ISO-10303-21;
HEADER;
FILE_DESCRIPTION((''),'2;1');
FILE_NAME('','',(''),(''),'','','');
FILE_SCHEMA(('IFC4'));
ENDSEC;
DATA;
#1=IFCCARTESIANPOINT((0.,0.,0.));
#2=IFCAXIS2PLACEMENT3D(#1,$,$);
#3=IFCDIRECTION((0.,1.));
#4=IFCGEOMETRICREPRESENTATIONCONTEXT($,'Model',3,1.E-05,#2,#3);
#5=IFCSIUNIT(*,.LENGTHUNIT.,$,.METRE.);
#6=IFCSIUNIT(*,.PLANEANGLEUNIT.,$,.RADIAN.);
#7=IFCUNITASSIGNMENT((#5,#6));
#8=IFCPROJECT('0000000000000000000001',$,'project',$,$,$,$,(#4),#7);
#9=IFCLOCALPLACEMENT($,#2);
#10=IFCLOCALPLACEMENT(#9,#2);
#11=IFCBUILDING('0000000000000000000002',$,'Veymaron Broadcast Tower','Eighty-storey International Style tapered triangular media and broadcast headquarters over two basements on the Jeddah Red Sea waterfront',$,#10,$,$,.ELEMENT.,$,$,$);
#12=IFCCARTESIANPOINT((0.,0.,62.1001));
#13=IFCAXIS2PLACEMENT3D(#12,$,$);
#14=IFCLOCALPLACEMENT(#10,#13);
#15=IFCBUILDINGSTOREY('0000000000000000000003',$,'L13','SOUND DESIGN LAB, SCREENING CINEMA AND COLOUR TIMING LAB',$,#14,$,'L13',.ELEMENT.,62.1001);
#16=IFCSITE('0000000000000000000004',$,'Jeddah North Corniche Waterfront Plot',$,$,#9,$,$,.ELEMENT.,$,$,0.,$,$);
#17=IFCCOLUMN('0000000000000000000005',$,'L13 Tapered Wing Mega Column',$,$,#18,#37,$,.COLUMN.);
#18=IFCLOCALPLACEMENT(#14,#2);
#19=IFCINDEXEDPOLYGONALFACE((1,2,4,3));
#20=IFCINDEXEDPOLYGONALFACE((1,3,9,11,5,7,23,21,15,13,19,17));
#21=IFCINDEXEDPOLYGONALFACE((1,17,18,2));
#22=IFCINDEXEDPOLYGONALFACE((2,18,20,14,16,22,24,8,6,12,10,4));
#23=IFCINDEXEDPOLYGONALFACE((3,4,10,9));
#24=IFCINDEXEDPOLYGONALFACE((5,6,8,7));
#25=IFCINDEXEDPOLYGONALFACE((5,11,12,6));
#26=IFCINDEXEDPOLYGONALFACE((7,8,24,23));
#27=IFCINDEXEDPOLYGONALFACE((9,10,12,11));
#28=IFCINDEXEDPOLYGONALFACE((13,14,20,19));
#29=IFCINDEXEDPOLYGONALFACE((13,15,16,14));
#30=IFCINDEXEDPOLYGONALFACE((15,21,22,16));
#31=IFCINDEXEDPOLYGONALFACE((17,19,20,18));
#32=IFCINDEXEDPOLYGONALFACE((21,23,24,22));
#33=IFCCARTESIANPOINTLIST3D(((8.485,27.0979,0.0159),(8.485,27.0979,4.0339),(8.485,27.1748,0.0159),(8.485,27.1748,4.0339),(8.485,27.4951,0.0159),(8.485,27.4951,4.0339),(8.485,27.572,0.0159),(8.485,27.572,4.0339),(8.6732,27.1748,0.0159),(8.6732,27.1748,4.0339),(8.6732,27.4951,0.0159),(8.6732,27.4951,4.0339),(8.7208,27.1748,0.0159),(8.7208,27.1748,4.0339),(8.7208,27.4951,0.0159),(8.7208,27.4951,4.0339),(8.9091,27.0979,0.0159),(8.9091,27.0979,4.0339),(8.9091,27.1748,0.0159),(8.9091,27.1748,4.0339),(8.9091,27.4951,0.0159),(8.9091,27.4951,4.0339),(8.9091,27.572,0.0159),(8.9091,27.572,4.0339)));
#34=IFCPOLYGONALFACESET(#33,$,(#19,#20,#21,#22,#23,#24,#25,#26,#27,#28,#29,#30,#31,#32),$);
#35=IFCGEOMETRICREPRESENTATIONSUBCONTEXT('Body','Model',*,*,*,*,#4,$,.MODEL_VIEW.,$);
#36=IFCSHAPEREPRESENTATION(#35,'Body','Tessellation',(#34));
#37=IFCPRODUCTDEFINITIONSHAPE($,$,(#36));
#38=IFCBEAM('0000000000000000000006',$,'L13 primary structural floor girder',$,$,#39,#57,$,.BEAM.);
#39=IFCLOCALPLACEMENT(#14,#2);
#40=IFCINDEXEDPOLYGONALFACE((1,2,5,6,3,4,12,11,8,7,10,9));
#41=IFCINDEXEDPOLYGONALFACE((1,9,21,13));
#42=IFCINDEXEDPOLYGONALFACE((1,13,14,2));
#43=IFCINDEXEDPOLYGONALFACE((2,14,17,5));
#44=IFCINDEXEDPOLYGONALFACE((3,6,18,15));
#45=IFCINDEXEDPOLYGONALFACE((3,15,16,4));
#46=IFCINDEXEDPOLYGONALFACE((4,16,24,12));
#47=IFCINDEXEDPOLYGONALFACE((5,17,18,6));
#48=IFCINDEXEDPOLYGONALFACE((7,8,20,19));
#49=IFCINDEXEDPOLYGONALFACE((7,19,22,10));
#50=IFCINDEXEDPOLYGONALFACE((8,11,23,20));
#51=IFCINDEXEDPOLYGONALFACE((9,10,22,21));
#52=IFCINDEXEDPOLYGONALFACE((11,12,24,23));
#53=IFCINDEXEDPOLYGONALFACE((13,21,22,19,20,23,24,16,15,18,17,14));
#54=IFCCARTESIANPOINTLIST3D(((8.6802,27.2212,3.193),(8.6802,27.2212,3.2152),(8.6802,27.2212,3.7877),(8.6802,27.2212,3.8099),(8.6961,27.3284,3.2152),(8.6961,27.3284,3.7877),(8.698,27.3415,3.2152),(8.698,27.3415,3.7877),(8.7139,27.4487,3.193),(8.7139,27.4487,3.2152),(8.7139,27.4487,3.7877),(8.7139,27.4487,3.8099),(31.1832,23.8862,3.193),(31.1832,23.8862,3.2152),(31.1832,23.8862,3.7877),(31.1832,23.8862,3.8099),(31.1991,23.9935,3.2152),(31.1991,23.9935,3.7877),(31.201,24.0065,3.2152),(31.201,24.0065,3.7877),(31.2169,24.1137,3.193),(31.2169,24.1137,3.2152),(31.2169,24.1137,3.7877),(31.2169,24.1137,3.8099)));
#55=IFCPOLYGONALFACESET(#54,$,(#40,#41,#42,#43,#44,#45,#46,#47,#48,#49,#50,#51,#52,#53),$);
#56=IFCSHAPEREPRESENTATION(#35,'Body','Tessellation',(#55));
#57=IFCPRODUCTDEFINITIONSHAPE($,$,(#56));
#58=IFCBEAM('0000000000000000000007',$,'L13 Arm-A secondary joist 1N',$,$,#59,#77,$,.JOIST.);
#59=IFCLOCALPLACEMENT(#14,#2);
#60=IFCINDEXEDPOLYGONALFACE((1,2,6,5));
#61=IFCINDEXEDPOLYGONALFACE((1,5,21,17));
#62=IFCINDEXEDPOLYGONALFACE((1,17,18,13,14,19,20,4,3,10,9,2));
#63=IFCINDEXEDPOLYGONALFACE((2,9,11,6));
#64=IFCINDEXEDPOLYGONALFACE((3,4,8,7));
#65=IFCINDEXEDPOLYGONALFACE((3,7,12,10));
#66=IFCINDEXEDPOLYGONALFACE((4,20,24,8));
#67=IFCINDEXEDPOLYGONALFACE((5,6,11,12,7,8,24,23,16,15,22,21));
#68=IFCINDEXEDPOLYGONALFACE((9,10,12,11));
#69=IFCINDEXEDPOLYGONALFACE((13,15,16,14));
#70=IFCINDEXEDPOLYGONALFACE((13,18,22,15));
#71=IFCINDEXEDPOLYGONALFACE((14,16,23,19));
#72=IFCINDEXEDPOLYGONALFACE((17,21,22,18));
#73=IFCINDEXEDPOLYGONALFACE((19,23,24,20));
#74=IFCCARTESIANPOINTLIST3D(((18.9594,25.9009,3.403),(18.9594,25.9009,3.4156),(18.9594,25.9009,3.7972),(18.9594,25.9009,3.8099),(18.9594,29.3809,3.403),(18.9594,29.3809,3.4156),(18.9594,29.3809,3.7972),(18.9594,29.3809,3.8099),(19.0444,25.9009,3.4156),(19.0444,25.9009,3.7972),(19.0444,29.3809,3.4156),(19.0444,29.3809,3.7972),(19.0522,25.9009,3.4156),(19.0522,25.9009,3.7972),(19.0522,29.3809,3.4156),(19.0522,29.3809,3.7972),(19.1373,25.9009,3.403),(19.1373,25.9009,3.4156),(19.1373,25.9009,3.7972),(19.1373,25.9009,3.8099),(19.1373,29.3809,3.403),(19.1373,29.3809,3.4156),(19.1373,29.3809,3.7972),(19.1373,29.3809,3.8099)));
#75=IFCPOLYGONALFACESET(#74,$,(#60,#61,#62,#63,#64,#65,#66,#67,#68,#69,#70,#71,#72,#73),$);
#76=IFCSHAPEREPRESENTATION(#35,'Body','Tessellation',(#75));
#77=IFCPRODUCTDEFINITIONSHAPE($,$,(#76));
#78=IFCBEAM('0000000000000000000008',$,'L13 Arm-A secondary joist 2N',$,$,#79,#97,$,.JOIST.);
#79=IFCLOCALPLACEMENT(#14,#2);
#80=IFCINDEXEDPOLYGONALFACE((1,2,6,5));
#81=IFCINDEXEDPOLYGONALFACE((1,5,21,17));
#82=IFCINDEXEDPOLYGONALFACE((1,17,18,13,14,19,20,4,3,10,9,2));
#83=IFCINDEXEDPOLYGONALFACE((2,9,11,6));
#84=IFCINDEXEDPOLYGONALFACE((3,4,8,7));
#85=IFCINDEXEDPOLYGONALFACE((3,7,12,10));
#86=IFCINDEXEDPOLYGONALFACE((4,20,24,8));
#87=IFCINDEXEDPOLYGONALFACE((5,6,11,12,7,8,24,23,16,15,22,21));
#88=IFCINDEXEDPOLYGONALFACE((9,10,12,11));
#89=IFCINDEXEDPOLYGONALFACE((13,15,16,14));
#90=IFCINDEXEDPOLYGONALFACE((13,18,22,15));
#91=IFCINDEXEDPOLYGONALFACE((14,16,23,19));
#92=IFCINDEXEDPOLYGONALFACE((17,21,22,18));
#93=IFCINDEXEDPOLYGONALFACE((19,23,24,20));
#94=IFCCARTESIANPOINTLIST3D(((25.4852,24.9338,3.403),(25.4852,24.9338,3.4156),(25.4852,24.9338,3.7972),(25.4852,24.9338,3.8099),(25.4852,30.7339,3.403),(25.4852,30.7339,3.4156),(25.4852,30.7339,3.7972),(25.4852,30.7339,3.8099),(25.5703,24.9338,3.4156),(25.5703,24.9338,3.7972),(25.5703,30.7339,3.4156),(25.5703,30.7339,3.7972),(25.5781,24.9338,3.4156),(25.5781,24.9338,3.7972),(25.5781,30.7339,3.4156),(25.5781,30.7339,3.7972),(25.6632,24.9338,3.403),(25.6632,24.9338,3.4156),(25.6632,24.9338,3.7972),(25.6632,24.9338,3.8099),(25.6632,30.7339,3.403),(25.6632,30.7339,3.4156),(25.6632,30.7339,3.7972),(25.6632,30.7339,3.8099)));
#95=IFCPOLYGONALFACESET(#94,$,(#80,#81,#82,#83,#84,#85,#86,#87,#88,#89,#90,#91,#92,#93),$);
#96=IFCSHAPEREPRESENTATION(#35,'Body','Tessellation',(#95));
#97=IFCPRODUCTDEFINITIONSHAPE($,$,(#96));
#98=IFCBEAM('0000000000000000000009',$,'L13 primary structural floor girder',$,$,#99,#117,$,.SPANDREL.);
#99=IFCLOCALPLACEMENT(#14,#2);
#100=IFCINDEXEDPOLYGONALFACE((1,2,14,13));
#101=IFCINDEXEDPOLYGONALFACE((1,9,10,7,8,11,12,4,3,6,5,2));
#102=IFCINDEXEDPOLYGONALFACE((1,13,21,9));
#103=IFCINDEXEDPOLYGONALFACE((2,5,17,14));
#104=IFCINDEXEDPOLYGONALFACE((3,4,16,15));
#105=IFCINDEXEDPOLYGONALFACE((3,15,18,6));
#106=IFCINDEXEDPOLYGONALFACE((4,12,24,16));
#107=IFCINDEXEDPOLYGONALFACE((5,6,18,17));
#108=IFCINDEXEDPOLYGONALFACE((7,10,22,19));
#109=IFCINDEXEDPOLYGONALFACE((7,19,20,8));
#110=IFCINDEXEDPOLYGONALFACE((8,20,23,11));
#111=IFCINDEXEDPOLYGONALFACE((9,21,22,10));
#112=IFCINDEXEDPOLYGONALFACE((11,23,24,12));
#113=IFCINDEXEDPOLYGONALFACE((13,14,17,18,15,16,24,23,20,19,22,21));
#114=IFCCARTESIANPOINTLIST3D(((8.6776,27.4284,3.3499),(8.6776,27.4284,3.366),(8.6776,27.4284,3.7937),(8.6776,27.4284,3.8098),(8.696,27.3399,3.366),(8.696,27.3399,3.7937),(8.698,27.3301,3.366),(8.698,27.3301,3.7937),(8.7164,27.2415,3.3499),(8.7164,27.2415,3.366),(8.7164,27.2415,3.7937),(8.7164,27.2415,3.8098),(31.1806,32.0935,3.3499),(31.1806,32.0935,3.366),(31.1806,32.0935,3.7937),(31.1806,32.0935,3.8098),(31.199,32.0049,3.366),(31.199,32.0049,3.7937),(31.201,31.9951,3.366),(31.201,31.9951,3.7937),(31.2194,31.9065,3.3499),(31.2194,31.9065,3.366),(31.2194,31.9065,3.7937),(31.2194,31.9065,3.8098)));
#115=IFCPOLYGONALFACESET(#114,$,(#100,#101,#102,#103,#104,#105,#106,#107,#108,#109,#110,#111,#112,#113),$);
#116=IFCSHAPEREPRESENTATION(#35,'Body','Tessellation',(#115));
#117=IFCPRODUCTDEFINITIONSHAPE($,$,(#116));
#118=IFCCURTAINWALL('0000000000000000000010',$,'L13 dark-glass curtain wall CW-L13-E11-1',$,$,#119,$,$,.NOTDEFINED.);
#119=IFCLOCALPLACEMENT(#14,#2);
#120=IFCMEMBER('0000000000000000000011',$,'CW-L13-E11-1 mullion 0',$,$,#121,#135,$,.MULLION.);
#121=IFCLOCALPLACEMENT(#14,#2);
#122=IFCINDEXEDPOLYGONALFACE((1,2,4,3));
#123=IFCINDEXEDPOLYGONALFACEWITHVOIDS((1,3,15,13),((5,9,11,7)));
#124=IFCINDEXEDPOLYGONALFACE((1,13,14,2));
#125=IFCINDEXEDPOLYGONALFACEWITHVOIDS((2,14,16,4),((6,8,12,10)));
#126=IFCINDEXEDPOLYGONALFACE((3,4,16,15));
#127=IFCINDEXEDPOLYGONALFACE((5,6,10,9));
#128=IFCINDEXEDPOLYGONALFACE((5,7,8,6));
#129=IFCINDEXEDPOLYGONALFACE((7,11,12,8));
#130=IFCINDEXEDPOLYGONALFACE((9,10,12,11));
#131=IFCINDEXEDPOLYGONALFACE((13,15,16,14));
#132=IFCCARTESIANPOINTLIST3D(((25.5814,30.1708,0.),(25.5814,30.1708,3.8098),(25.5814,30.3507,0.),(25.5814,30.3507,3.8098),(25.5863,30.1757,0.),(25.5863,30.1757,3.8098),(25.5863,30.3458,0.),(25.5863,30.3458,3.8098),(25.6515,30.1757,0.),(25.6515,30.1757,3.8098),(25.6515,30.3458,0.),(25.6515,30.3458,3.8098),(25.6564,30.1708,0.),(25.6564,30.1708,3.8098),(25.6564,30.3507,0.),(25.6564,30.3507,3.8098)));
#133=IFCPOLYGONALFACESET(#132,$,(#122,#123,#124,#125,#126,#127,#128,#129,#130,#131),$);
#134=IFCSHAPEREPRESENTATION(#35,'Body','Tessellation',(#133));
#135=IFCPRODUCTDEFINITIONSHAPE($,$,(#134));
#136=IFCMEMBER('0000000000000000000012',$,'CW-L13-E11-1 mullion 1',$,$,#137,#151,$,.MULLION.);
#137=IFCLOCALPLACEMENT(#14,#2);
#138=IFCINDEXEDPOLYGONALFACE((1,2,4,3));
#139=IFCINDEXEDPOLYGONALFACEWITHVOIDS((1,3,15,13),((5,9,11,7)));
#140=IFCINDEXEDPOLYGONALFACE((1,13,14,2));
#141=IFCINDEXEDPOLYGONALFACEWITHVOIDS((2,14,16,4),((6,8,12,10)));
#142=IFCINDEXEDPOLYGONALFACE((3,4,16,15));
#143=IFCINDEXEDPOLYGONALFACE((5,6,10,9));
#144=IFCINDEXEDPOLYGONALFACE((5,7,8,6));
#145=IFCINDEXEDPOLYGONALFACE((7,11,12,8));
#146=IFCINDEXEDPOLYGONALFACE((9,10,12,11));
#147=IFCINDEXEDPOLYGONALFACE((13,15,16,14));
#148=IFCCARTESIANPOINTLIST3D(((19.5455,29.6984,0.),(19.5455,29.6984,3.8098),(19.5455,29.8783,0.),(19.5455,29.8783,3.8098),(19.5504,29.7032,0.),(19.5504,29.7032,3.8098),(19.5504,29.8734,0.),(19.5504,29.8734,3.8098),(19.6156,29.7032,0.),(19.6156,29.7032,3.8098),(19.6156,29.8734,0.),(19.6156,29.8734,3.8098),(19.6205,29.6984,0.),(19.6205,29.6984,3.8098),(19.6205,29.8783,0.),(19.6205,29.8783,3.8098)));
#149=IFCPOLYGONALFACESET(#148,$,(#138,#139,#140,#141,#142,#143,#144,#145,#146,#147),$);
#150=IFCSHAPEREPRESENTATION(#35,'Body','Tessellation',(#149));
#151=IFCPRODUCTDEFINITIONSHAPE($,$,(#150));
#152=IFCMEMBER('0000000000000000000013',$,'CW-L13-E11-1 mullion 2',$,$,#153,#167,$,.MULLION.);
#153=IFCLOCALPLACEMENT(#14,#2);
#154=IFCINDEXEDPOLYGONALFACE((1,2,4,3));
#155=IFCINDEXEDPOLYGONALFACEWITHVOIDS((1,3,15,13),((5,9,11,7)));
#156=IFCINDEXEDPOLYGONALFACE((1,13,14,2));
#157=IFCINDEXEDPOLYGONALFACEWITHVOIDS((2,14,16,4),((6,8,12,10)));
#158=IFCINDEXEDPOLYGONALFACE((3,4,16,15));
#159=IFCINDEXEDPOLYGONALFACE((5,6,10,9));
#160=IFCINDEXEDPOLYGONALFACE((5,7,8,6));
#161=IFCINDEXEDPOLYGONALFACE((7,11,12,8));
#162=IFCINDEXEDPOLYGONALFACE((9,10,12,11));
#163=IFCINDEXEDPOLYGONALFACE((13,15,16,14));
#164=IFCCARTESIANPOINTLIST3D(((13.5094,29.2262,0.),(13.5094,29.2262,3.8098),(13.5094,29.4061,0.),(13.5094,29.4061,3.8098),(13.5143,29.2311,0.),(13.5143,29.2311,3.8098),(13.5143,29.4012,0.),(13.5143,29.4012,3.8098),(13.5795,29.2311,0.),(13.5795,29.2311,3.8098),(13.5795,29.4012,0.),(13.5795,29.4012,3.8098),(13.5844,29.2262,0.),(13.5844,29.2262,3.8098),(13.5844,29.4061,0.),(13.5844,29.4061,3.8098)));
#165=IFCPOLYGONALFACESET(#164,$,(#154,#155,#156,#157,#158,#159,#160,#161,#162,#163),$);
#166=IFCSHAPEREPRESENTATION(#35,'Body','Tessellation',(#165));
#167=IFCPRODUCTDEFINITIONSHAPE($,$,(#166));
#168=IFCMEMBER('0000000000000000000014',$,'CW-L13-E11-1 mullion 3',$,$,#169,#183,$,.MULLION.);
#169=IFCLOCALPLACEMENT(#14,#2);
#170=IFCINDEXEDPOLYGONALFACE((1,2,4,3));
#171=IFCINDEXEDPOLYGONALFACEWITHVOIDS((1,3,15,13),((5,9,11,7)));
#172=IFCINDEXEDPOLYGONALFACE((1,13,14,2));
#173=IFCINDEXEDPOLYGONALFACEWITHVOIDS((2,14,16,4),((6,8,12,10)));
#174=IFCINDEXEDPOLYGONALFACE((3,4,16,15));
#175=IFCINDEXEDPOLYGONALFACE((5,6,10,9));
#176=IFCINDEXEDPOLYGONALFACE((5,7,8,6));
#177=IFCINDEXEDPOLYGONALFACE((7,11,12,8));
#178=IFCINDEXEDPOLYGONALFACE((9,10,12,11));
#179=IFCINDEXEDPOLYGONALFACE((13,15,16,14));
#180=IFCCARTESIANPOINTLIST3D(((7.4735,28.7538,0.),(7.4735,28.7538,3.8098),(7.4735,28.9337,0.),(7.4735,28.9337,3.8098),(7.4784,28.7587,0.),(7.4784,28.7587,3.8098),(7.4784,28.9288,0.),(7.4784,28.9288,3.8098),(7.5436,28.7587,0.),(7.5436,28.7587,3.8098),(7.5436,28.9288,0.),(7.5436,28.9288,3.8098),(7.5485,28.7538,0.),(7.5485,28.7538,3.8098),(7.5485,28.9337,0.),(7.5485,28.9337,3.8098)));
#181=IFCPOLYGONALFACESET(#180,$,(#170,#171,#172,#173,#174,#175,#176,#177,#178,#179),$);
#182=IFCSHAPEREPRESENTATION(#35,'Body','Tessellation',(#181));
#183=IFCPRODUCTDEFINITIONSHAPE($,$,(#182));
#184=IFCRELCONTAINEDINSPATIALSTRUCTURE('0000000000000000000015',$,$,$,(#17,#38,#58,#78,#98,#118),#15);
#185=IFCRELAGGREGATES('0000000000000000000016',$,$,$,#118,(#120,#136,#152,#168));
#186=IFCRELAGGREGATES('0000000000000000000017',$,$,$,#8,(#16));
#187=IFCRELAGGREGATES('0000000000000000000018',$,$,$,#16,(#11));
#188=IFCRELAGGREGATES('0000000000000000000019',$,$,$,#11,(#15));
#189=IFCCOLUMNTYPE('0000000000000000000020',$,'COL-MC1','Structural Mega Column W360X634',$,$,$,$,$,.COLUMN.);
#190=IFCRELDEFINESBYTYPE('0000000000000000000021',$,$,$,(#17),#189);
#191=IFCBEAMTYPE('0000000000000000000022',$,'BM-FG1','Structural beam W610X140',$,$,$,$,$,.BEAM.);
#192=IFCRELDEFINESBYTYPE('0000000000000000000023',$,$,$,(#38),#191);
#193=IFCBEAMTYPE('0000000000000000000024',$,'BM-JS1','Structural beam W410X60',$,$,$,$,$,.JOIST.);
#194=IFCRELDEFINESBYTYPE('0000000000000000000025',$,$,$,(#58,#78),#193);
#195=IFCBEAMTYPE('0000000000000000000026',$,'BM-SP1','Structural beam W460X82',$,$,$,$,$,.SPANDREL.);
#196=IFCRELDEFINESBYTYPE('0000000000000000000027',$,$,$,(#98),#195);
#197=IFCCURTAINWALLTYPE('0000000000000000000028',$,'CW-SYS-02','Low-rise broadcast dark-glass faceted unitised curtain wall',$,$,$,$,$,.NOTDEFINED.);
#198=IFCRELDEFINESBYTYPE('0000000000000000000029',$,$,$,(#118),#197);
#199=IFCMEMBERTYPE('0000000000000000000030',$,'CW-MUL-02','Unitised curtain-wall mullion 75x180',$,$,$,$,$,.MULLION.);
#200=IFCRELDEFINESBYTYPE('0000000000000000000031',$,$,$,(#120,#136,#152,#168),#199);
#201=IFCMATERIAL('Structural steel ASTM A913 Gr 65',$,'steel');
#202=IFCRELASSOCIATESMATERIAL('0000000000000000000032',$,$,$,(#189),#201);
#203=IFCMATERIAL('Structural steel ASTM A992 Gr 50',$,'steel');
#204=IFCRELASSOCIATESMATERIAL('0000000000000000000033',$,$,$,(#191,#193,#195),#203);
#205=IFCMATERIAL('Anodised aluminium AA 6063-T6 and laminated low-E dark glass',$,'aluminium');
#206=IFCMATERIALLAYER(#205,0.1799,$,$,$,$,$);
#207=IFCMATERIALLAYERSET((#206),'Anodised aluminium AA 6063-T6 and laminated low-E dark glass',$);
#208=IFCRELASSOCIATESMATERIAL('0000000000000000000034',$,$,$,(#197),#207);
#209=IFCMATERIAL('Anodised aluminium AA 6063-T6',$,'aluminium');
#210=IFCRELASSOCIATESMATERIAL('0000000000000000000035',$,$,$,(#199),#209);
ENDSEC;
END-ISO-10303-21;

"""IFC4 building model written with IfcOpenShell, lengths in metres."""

from ifc_helpers import new_model, si_unit, direction, frame, origin, origin_2d, place, context, subcontext, project, spatial, hollow_rectangle, i_section, extrude, material, layer, layer_set, material_profile, profile_set, type_object, element, aggregate, save


model = new_model("IFC4")

# Units and contexts
model_context = context("Model", 3, precision=1e-05, world=origin(), true_north=direction((0.0, 1.0)))
body_context = subcontext(model_context, "Body", "Model", "MODEL_VIEW")
ifc_project = project(units=[si_unit("LENGTHUNIT", "METRE"), si_unit("PLANEANGLEUNIT", "RADIAN")], contexts=[model_context])

# Site, building, storey
site_placement = place(None, origin())
site = spatial("IfcSite", under=ifc_project, at=site_placement, Name="Jeddah North Corniche Waterfront Plot", CompositionType="ELEMENT", RefElevation=0.0)
building_placement = place(site_placement, origin())
building = spatial("IfcBuilding", under=site, at=building_placement, Name="Veymaron Broadcast Tower", Description="Eighty-storey International Style tapered triangular media and broadcast headquarters over two basements on the Jeddah Red Sea waterfront", CompositionType="ELEMENT")
storey_placement = place(building_placement, frame((0.0, 0.0, 62.1001)))
storey = spatial("IfcBuildingStorey", under=building, at=storey_placement, Name="L13", Description="SOUND DESIGN LAB, SCREENING CINEMA AND COLOUR TIMING LAB", LongName="L13", CompositionType="ELEMENT", Elevation=62.1001)

# Column
ifc_material_1 = material(Name="Structural steel ASTM A913 Gr 65", Category="steel")
ifc_material_profile_1 = material_profile(ifc_material_1, i_section(OverallWidth=0.4241, OverallDepth=0.4741, WebThickness=0.0476, FlangeThickness=0.0769, at=origin_2d()), Name="W360X634")
ifc_profile_set_1 = profile_set([ifc_material_profile_1], Name="Structural steel ASTM A913 Gr 65")
column_type = type_object("IfcColumnType", Name="COL-MC1", Description="Structural Mega Column W360X634", PredefinedType="COLUMN", material=ifc_profile_set_1)
column_placement = place(storey_placement, frame((8.697, 27.335, 0.0159), z_axis=(0.0, 0.0, 1.0), x_axis=(1.0, 0.0, 0.0)))
element("IfcColumn", 1, at=column_placement, inside=storey, type_object=column_type, Name="L13 Tapered Wing Mega Column", PredefinedType="COLUMN", context=body_context, shape_type="SweptSolid", body=[
    extrude(i_section(OverallWidth=0.4241, OverallDepth=0.4741, WebThickness=0.0476, FlangeThickness=0.0769, at=origin_2d()), origin(), (0.0, 0.0, 1.0), 4.0181),
])

# Beams
ifc_material_2 = material(Name="Structural steel ASTM A992 Gr 50", Category="steel")
ifc_material_profile_2 = material_profile(ifc_material_2, i_section(OverallWidth=0.23, OverallDepth=0.6169, WebThickness=0.0132, FlangeThickness=0.0222, at=origin_2d()), Name="W610X140")
ifc_profile_set_2 = profile_set([ifc_material_profile_2], Name="Structural steel ASTM A992 Gr 50")
beam_type_1 = type_object("IfcBeamType", Name="BM-FG1", Description="Structural beam W610X140", PredefinedType="BEAM", material=ifc_profile_set_2)
beam_1_placement = place(storey_placement, frame((8.697, 27.335, 3.5015), z_axis=(0.989196, -0.1466, 0.0), x_axis=(0.1466, 0.989196, 0.0)))
element("IfcBeam", 2, at=beam_1_placement, inside=storey, type_object=beam_type_1, Name="L13 primary structural floor girder", PredefinedType="BEAM", context=body_context, shape_type="SweptSolid", body=[
    extrude(i_section(OverallWidth=0.23, OverallDepth=0.6169, WebThickness=0.0132, FlangeThickness=0.0222, at=origin_2d()), origin(), (0.0, 0.0, 1.0), 22.7488),
])
ifc_material_profile_3 = material_profile(ifc_material_2, i_section(OverallWidth=0.178, OverallDepth=0.407, WebThickness=0.0078, FlangeThickness=0.0127, at=origin_2d()), Name="W410X60")
ifc_profile_set_3 = profile_set([ifc_material_profile_3], Name="Structural steel ASTM A992 Gr 50")
beam_type_2 = type_object("IfcBeamType", Name="BM-JS1", Description="Structural beam W410X60", PredefinedType="JOIST", material=ifc_profile_set_3)
beam_2_placement = place(storey_placement, frame((19.0483, 25.9009, 3.6064), z_axis=(0.0, 1.0, 0.0), x_axis=(-1.0, 0.0, 0.0)))
element("IfcBeam", 3, at=beam_2_placement, inside=storey, type_object=beam_type_2, Name="L13 Arm-A secondary joist 1N", PredefinedType="JOIST", context=body_context, shape_type="SweptSolid", body=[
    extrude(i_section(OverallWidth=0.178, OverallDepth=0.407, WebThickness=0.0078, FlangeThickness=0.0127, at=origin_2d()), origin(), (0.0, 0.0, 1.0), 3.48),
])
beam_3_placement = place(storey_placement, frame((25.5742, 24.9338, 3.6064), z_axis=(0.0, 1.0, 0.0), x_axis=(-1.0, 0.0, 0.0)))
element("IfcBeam", 4, at=beam_3_placement, inside=storey, type_object=beam_type_2, Name="L13 Arm-A secondary joist 2N", PredefinedType="JOIST", context=body_context, shape_type="SweptSolid", body=[
    extrude(i_section(OverallWidth=0.178, OverallDepth=0.407, WebThickness=0.0078, FlangeThickness=0.0127, at=origin_2d()), origin(), (0.0, 0.0, 1.0), 5.8),
])
ifc_material_profile_4 = material_profile(ifc_material_2, i_section(OverallWidth=0.1909, OverallDepth=0.46, WebThickness=0.01, FlangeThickness=0.0161, at=origin_2d()), Name="W460X82")
ifc_profile_set_4 = profile_set([ifc_material_profile_4], Name="Structural steel ASTM A992 Gr 50")
beam_type_3 = type_object("IfcBeamType", Name="BM-SP1", Description="Structural beam W460X82", PredefinedType="SPANDREL", material=ifc_profile_set_4)
beam_4_placement = place(storey_placement, frame((8.697, 27.335, 3.5798), z_axis=(0.97918, 0.202992, 0.0), x_axis=(-0.202992, 0.97918, 0.0)))
element("IfcBeam", 5, at=beam_4_placement, inside=storey, type_object=beam_type_3, Name="L13 primary structural floor girder", PredefinedType="SPANDREL", context=body_context, shape_type="SweptSolid", body=[
    extrude(i_section(OverallWidth=0.1909, OverallDepth=0.46, WebThickness=0.01, FlangeThickness=0.0161, at=origin_2d()), origin(), (0.0, 0.0, 1.0), 22.9814),
])

# Curtain wall, members
ifc_material_3 = material(Name="Anodised aluminium AA 6063-T6 and laminated low-E dark glass", Category="aluminium")
ifc_layer_1 = layer(ifc_material_3, 0.1799)
ifc_layer_set_1 = layer_set([ifc_layer_1], Name="Anodised aluminium AA 6063-T6 and laminated low-E dark glass")
curtain_wall_type = type_object("IfcCurtainWallType", Name="CW-SYS-02", Description="Low-rise broadcast dark-glass faceted unitised curtain wall", PredefinedType="NOTDEFINED", material=ifc_layer_set_1)
curtain_wall_placement = place(storey_placement, origin())
curtain_wall = element("IfcCurtainWall", 6, at=curtain_wall_placement, inside=storey, type_object=curtain_wall_type, Name="L13 dark-glass curtain wall CW-L13-E11-1", PredefinedType="NOTDEFINED")
ifc_material_4 = material(Name="Anodised aluminium AA 6063-T6", Category="aluminium")
ifc_material_profile_5 = material_profile(ifc_material_4, hollow_rectangle(XDim=0.075, YDim=0.1799, WallThickness=0.0049, at=origin_2d()), Name="AL180X75X5")
ifc_profile_set_5 = profile_set([ifc_material_profile_5], Name="Anodised aluminium AA 6063-T6")
member_type_1 = type_object("IfcMemberType", Name="CW-MUL-02", Description="Unitised curtain-wall mullion 75x180", PredefinedType="MULLION", material=ifc_profile_set_5)
member_1_placement = place(storey_placement, frame((25.6189, 30.2607, 0.0), z_axis=(0.0, 0.0, 1.0), x_axis=(1.0, 0.0, 0.0)))
member_1 = element("IfcMember", 7, at=member_1_placement, type_object=member_type_1, Name="CW-L13-E11-1 mullion 0", PredefinedType="MULLION", context=body_context, shape_type="SweptSolid", body=[
    extrude(hollow_rectangle(XDim=0.075, YDim=0.1799, WallThickness=0.0049, at=origin_2d()), origin(), (0.0, 0.0, 1.0), 3.8098),
])
member_2_placement = place(storey_placement, frame((19.583, 29.7883, 0.0), z_axis=(0.0, 0.0, 1.0), x_axis=(1.0, 0.0, 0.0)))
member_2 = element("IfcMember", 8, at=member_2_placement, type_object=member_type_1, Name="CW-L13-E11-1 mullion 1", PredefinedType="MULLION", context=body_context, shape_type="SweptSolid", body=[
    extrude(hollow_rectangle(XDim=0.075, YDim=0.1799, WallThickness=0.0049, at=origin_2d()), origin(), (0.0, 0.0, 1.0), 3.8098),
])
member_3_placement = place(storey_placement, frame((13.5469, 29.3162, 0.0), z_axis=(0.0, 0.0, 1.0), x_axis=(1.0, 0.0, 0.0)))
member_3 = element("IfcMember", 9, at=member_3_placement, type_object=member_type_1, Name="CW-L13-E11-1 mullion 2", PredefinedType="MULLION", context=body_context, shape_type="SweptSolid", body=[
    extrude(hollow_rectangle(XDim=0.075, YDim=0.1799, WallThickness=0.0049, at=origin_2d()), origin(), (0.0, 0.0, 1.0), 3.8098),
])
member_4_placement = place(storey_placement, frame((7.511, 28.8438, 0.0), z_axis=(0.0, 0.0, 1.0), x_axis=(1.0, 0.0, 0.0)))
member_4 = element("IfcMember", 10, at=member_4_placement, type_object=member_type_1, Name="CW-L13-E11-1 mullion 3", PredefinedType="MULLION", context=body_context, shape_type="SweptSolid", body=[
    extrude(hollow_rectangle(XDim=0.075, YDim=0.1799, WallThickness=0.0049, at=origin_2d()), origin(), (0.0, 0.0, 1.0), 3.8098),
])
aggregate(curtain_wall, [member_1, member_2, member_3, member_4])

save(model, "model.ifc")
